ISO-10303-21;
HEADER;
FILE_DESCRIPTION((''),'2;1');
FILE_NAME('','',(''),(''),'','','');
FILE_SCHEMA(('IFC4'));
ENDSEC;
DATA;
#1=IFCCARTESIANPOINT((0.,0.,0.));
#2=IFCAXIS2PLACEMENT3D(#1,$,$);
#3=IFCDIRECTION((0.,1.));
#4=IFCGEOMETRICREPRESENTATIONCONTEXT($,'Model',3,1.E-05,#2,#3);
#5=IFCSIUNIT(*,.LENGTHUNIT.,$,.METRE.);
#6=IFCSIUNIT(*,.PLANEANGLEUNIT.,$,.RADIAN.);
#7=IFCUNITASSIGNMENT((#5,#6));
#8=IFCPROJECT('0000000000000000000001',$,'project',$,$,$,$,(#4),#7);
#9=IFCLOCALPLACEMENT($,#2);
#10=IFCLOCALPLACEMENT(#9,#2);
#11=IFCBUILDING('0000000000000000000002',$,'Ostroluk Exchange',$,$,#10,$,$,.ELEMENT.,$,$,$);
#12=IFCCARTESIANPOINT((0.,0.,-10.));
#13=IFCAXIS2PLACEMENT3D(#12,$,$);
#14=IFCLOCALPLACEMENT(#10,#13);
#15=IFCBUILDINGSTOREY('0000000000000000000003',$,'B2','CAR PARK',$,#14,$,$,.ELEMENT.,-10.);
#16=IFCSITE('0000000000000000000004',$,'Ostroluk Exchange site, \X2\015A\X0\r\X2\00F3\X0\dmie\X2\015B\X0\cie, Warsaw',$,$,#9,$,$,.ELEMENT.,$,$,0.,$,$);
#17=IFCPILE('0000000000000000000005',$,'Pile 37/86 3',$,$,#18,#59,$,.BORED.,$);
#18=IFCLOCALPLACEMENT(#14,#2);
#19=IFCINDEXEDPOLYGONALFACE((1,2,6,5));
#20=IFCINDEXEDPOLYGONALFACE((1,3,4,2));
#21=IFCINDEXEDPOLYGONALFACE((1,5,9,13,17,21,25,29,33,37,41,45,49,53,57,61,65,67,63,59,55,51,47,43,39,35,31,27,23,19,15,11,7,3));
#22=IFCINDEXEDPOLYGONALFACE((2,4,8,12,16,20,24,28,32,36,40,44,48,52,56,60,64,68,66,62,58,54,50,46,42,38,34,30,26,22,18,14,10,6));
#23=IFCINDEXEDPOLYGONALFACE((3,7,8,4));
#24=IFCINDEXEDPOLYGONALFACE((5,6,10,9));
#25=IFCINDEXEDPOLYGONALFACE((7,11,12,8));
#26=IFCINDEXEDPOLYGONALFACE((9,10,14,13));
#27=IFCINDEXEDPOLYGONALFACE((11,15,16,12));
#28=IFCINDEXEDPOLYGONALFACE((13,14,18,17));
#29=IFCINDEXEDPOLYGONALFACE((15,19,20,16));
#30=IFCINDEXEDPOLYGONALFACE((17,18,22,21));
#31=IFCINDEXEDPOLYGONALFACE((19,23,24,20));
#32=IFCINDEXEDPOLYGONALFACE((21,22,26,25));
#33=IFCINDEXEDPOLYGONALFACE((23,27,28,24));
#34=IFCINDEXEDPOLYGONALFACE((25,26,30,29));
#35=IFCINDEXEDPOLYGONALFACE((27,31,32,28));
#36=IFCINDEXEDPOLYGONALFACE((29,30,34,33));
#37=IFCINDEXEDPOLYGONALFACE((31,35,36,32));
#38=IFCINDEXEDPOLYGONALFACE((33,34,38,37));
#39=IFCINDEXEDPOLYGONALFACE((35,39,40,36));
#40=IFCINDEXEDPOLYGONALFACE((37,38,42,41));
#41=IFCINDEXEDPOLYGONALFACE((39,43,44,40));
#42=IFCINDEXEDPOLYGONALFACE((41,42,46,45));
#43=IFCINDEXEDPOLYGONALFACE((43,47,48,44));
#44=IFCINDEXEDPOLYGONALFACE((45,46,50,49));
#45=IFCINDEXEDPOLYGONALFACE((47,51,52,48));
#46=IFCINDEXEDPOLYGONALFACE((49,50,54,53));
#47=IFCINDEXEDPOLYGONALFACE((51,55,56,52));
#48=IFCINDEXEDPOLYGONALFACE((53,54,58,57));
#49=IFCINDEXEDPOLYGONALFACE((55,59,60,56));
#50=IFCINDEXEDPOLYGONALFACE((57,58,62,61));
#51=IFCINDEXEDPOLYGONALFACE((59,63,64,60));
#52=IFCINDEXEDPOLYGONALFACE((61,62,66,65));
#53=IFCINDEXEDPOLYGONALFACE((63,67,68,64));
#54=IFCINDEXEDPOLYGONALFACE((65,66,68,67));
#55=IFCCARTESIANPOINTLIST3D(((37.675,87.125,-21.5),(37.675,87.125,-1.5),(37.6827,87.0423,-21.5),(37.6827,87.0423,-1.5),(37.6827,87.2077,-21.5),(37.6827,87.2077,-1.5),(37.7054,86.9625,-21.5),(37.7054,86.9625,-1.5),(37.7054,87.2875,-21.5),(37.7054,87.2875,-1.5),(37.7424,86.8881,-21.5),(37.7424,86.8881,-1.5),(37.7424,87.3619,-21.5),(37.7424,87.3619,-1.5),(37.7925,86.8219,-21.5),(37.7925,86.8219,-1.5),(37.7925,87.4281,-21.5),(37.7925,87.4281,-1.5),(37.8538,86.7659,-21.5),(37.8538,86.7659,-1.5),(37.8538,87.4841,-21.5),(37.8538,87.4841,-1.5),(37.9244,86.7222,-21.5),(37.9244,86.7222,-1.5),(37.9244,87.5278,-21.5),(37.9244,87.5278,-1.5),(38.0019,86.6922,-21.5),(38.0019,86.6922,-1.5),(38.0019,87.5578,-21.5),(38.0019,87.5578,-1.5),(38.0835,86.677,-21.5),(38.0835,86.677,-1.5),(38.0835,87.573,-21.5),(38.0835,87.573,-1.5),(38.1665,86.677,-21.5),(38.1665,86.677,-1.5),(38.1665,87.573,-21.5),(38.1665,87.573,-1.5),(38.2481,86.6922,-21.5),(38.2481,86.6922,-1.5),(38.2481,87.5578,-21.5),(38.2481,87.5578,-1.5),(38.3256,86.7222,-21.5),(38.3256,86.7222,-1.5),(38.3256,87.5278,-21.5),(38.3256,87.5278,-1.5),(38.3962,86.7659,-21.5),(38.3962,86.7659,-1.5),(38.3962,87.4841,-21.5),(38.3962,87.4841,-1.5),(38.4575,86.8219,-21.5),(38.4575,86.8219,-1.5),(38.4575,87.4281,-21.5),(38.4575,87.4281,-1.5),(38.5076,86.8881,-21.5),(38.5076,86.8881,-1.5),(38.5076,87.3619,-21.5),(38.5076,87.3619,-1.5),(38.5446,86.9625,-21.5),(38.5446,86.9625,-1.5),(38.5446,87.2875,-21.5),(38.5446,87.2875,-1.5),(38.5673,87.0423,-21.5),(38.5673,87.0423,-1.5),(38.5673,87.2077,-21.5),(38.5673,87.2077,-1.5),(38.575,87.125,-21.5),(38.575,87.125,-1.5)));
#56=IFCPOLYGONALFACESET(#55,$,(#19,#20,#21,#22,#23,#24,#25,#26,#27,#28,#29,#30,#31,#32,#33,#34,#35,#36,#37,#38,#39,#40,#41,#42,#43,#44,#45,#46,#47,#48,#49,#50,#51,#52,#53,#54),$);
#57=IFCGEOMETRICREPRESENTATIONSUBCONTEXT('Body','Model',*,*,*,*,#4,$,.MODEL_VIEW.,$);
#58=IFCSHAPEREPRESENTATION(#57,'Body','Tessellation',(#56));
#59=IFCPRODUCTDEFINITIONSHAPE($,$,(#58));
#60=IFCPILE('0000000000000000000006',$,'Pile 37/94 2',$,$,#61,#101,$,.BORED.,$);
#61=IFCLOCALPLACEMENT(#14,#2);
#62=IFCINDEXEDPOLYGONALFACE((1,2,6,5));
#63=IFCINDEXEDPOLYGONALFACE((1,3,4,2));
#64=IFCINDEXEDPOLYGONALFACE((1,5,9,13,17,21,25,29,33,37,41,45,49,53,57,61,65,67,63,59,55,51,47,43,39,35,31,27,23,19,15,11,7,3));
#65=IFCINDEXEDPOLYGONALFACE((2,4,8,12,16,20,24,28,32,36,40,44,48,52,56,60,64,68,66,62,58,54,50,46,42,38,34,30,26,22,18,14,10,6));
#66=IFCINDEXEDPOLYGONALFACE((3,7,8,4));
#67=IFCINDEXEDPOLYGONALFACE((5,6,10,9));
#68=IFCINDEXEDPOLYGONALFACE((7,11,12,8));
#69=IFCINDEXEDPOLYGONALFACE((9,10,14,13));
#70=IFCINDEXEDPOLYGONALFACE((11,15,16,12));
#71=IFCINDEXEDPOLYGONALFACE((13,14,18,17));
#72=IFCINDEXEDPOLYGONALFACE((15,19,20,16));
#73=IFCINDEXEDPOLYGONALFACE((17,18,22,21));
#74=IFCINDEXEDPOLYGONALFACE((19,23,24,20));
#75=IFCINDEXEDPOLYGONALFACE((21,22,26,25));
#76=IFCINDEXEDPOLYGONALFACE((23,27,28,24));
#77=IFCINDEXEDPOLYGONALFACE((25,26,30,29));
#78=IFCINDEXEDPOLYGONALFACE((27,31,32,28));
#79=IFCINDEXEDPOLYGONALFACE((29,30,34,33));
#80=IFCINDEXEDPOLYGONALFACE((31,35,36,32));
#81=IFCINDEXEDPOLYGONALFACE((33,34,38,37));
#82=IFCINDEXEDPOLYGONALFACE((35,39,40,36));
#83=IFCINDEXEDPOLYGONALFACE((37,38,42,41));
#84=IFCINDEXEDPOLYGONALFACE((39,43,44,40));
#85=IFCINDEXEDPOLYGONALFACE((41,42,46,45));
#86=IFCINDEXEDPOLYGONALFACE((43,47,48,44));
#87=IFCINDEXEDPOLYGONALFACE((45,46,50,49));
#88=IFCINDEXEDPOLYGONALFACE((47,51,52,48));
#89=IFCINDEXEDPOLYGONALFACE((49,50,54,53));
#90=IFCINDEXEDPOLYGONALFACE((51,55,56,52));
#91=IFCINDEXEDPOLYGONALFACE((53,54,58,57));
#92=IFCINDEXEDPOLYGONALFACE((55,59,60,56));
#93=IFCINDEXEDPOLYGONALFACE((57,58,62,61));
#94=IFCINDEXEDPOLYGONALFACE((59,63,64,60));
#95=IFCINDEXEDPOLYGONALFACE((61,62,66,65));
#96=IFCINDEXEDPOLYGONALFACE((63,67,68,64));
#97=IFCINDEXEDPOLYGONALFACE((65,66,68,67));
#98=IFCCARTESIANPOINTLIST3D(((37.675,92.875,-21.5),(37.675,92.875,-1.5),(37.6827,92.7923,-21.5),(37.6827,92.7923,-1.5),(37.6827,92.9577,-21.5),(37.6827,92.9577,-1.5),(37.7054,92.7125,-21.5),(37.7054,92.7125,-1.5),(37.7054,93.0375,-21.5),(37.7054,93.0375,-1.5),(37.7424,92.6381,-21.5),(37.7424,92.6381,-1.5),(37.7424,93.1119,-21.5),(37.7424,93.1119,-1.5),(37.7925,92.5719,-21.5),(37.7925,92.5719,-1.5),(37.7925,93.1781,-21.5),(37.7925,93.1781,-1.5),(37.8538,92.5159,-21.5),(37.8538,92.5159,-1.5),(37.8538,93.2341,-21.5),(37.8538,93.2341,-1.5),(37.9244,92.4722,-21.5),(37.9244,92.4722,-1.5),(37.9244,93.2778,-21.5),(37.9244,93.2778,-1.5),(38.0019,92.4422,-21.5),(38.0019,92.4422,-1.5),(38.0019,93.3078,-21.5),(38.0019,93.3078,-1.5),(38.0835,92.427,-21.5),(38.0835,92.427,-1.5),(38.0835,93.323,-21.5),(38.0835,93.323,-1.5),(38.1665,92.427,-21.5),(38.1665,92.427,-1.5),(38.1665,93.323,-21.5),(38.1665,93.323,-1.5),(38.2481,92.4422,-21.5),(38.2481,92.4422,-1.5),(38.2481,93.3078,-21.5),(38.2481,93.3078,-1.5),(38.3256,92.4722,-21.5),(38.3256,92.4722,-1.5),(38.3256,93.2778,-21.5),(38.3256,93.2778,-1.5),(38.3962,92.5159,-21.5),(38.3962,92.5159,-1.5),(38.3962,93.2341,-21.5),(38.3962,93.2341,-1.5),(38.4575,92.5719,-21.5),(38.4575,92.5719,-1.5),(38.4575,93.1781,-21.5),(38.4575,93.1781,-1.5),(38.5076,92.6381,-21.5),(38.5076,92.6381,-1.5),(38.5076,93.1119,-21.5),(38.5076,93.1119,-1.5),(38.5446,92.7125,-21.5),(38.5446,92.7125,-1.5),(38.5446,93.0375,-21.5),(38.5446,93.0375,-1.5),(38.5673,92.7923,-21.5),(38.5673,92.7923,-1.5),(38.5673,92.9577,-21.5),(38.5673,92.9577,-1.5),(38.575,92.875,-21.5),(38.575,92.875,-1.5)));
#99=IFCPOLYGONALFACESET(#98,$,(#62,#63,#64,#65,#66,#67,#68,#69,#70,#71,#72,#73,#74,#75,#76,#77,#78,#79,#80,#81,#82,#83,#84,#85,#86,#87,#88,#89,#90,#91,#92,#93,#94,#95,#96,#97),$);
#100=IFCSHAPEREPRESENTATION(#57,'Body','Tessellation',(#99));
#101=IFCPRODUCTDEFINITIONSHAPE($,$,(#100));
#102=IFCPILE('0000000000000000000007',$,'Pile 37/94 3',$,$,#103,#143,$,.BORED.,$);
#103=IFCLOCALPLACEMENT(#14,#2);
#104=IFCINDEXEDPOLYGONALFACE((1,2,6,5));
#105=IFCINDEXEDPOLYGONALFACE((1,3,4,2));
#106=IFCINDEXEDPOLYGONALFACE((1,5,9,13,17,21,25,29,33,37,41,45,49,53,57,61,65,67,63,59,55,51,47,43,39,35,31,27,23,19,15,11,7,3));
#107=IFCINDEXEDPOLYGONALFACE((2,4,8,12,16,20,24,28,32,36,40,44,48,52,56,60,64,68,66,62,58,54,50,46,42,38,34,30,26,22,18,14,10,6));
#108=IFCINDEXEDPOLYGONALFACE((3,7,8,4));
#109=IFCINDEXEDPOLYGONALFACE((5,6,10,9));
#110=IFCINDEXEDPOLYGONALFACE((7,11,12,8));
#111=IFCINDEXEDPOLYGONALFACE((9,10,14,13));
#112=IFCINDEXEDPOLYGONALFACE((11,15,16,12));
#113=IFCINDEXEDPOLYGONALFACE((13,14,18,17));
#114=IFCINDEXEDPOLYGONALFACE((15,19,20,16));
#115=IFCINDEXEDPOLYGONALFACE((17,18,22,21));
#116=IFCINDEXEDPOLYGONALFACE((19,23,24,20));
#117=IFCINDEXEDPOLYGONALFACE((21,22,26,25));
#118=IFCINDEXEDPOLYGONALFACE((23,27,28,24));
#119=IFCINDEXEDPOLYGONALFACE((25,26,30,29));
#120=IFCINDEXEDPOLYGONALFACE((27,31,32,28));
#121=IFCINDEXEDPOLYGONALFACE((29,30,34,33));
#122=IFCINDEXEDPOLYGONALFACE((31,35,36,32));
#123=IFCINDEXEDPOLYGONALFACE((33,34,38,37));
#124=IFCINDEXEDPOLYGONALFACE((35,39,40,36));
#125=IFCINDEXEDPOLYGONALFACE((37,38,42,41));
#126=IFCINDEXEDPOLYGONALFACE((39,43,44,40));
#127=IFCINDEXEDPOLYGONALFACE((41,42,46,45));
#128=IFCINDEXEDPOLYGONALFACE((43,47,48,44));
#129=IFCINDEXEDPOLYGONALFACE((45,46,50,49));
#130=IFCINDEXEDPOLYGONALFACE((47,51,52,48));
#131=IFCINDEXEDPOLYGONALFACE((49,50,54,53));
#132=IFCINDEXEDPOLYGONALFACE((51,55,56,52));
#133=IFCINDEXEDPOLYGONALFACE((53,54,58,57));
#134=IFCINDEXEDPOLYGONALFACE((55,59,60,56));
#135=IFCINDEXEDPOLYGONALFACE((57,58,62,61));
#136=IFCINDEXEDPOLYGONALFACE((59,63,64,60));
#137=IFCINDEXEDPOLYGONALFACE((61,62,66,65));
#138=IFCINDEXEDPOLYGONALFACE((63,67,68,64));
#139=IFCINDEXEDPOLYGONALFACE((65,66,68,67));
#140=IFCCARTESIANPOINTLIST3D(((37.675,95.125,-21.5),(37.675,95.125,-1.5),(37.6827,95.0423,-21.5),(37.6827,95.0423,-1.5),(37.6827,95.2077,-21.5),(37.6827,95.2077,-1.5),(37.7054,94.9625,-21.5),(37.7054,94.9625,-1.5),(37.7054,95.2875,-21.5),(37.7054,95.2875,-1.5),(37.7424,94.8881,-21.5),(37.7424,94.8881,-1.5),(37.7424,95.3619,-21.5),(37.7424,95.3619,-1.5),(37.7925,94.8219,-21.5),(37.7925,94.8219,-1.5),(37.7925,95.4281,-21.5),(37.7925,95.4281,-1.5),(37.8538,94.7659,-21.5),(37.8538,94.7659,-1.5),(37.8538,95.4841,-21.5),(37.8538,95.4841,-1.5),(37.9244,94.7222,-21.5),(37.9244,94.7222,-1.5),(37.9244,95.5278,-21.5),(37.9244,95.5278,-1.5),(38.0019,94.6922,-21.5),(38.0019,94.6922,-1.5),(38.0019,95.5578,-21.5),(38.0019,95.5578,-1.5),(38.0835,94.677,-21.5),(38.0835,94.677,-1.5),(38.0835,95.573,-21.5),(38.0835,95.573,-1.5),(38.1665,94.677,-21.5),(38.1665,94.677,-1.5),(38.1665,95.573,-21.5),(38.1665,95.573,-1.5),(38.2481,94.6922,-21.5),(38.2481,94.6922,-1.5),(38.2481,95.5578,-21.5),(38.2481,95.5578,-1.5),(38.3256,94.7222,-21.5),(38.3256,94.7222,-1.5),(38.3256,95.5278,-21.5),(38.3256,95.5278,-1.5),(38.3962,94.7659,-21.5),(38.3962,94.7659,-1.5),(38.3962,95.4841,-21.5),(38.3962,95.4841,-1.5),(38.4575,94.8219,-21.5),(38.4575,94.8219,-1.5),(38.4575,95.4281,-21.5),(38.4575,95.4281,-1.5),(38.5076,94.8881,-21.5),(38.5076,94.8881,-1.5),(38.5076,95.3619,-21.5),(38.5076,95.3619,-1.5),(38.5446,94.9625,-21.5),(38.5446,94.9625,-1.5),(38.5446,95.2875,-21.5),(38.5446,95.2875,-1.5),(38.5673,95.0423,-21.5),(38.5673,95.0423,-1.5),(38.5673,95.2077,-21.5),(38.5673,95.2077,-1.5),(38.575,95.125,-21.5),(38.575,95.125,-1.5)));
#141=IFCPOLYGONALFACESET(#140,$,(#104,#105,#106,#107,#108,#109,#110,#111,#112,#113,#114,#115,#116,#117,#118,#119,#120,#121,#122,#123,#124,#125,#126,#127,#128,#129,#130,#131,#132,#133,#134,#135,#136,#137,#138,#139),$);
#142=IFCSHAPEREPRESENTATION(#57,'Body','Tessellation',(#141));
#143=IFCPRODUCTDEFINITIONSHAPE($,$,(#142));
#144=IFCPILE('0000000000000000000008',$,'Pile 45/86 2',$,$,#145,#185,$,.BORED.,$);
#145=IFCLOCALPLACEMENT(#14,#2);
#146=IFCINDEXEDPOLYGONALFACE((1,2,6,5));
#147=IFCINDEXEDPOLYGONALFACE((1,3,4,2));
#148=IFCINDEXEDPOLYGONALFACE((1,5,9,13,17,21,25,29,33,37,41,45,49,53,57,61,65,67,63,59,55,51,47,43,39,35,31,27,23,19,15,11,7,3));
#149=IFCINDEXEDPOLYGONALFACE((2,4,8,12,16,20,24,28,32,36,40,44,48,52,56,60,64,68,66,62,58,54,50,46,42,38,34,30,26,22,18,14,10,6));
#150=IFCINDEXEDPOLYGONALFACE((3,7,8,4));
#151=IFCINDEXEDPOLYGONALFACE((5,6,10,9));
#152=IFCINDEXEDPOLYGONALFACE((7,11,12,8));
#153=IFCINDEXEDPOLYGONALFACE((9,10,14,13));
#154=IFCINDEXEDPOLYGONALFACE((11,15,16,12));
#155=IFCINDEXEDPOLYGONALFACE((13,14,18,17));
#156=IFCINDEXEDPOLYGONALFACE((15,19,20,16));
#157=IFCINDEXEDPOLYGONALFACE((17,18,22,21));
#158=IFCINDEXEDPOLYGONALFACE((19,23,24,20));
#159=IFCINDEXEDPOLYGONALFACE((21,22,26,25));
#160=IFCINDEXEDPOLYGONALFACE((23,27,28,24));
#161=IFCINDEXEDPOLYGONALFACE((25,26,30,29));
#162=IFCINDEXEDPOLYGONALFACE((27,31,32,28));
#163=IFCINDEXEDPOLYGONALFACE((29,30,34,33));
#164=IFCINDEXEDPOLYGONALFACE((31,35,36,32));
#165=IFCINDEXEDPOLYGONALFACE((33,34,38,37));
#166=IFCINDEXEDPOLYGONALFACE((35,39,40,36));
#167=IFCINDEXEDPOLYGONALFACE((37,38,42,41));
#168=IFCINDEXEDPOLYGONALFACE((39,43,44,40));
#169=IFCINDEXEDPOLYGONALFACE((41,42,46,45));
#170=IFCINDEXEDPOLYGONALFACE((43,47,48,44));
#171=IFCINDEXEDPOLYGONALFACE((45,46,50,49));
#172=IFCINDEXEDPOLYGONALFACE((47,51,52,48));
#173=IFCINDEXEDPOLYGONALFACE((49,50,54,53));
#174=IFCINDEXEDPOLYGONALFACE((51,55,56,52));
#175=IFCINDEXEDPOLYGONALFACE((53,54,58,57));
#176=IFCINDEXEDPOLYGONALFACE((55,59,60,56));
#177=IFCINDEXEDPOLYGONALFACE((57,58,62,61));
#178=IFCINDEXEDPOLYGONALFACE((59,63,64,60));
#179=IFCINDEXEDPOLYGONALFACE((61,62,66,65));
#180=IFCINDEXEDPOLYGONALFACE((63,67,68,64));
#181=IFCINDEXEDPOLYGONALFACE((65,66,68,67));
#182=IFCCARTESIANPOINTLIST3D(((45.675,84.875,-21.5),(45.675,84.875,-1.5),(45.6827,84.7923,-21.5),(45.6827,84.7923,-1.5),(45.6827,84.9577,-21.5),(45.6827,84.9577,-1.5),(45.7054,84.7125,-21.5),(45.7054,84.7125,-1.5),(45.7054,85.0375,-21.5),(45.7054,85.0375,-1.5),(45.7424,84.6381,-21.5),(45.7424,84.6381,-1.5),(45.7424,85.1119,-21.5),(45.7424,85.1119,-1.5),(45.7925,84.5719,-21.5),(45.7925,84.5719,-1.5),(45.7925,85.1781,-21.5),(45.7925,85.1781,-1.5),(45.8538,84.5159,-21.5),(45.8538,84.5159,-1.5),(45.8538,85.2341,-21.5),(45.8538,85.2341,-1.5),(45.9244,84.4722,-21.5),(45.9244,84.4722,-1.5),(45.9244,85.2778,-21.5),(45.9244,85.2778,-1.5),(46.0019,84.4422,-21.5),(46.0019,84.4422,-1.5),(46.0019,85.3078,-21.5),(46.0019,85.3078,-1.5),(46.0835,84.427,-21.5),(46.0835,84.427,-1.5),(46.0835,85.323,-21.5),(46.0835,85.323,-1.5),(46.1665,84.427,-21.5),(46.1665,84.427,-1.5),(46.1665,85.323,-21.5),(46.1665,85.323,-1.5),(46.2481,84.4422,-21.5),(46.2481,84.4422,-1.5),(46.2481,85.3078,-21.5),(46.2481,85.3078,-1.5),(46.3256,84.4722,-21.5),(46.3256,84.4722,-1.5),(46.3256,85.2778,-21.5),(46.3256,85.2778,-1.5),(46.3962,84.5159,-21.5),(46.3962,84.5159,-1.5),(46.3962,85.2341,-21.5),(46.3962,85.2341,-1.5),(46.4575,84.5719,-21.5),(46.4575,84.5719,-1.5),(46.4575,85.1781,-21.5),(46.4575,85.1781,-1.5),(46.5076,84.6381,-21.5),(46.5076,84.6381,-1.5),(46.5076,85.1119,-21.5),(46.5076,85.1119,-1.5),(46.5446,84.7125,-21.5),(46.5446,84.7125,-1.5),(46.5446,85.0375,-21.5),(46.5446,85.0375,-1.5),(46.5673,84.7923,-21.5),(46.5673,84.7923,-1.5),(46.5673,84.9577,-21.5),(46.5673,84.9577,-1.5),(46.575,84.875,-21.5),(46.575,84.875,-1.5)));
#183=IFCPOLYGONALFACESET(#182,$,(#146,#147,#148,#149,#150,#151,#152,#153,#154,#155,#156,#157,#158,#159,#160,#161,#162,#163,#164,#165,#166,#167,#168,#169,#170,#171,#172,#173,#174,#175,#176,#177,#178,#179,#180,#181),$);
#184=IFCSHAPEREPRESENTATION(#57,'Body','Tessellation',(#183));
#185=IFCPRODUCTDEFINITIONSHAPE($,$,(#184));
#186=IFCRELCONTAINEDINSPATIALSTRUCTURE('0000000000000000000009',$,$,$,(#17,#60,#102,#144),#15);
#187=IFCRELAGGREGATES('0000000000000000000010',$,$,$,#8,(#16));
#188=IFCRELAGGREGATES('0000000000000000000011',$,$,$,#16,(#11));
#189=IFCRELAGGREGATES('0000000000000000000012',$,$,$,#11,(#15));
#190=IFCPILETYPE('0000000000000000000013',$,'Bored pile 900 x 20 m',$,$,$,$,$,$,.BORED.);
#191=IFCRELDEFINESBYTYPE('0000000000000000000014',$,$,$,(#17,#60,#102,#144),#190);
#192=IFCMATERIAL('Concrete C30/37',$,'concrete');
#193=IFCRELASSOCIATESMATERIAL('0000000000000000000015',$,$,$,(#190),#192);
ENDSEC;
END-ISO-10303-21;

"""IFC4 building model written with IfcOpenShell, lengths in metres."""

from ifc_helpers import new_model, si_unit, direction, frame, origin, origin_2d, place, context, subcontext, project, spatial, circle, extrude, material, type_object, element, save


model = new_model("IFC4")

# Units and contexts
model_context = context("Model", 3, precision=1e-05, world=origin(), true_north=direction((0.0, 1.0)))
body_context = subcontext(model_context, "Body", "Model", "MODEL_VIEW")
ifc_project = project(units=[si_unit("LENGTHUNIT", "METRE"), si_unit("PLANEANGLEUNIT", "RADIAN")], contexts=[model_context])

# Site, building, storey
site_placement = place(None, origin())
site = spatial("IfcSite", under=ifc_project, at=site_placement, Name="Ostroluk Exchange site, Śródmieście, Warsaw", CompositionType="ELEMENT", RefElevation=0.0)
building_placement = place(site_placement, origin())
building = spatial("IfcBuilding", under=site, at=building_placement, Name="Ostroluk Exchange", CompositionType="ELEMENT")
storey_placement = place(building_placement, frame((0.0, 0.0, -10.0)))
storey = spatial("IfcBuildingStorey", under=building, at=storey_placement, Name="B2", Description="CAR PARK", CompositionType="ELEMENT", Elevation=-10.0)

# Piles
ifc_material_1 = material(Name="Concrete C30/37", Category="concrete")
pile_type = type_object("IfcPileType", Name="Bored pile 900 x 20 m", PredefinedType="BORED", material=ifc_material_1)
for number, where, z_axis, x_axis, name in (
    (1, (38.125, 87.125, -1.5), (0.0, 0.0, -1.0), (1.0, 0.0, 0.0), "Pile 37/86 3"),
    (2, (38.125, 92.875, -1.5), (0.0, 0.0, -1.0), (1.0, 0.0, 0.0), "Pile 37/94 2"),
    (3, (38.125, 95.125, -1.5), (0.0, 0.0, -1.0), (1.0, 0.0, 0.0), "Pile 37/94 3"),
    (4, (46.125, 84.875, -1.5), (0.0, 0.0, -1.0), (1.0, 0.0, 0.0), "Pile 45/86 2"),
):
    element("IfcPile", number, at=place(storey_placement, frame(where, z_axis=z_axis, x_axis=x_axis)), inside=storey, type_object=pile_type, Name=name, PredefinedType="BORED", context=body_context, shape_type="SweptSolid", body=[
        extrude(circle(Radius=0.45, at=origin_2d()), origin(), (0.0, 0.0, 1.0), 20.0),
    ])

save(model, "model.ifc")
